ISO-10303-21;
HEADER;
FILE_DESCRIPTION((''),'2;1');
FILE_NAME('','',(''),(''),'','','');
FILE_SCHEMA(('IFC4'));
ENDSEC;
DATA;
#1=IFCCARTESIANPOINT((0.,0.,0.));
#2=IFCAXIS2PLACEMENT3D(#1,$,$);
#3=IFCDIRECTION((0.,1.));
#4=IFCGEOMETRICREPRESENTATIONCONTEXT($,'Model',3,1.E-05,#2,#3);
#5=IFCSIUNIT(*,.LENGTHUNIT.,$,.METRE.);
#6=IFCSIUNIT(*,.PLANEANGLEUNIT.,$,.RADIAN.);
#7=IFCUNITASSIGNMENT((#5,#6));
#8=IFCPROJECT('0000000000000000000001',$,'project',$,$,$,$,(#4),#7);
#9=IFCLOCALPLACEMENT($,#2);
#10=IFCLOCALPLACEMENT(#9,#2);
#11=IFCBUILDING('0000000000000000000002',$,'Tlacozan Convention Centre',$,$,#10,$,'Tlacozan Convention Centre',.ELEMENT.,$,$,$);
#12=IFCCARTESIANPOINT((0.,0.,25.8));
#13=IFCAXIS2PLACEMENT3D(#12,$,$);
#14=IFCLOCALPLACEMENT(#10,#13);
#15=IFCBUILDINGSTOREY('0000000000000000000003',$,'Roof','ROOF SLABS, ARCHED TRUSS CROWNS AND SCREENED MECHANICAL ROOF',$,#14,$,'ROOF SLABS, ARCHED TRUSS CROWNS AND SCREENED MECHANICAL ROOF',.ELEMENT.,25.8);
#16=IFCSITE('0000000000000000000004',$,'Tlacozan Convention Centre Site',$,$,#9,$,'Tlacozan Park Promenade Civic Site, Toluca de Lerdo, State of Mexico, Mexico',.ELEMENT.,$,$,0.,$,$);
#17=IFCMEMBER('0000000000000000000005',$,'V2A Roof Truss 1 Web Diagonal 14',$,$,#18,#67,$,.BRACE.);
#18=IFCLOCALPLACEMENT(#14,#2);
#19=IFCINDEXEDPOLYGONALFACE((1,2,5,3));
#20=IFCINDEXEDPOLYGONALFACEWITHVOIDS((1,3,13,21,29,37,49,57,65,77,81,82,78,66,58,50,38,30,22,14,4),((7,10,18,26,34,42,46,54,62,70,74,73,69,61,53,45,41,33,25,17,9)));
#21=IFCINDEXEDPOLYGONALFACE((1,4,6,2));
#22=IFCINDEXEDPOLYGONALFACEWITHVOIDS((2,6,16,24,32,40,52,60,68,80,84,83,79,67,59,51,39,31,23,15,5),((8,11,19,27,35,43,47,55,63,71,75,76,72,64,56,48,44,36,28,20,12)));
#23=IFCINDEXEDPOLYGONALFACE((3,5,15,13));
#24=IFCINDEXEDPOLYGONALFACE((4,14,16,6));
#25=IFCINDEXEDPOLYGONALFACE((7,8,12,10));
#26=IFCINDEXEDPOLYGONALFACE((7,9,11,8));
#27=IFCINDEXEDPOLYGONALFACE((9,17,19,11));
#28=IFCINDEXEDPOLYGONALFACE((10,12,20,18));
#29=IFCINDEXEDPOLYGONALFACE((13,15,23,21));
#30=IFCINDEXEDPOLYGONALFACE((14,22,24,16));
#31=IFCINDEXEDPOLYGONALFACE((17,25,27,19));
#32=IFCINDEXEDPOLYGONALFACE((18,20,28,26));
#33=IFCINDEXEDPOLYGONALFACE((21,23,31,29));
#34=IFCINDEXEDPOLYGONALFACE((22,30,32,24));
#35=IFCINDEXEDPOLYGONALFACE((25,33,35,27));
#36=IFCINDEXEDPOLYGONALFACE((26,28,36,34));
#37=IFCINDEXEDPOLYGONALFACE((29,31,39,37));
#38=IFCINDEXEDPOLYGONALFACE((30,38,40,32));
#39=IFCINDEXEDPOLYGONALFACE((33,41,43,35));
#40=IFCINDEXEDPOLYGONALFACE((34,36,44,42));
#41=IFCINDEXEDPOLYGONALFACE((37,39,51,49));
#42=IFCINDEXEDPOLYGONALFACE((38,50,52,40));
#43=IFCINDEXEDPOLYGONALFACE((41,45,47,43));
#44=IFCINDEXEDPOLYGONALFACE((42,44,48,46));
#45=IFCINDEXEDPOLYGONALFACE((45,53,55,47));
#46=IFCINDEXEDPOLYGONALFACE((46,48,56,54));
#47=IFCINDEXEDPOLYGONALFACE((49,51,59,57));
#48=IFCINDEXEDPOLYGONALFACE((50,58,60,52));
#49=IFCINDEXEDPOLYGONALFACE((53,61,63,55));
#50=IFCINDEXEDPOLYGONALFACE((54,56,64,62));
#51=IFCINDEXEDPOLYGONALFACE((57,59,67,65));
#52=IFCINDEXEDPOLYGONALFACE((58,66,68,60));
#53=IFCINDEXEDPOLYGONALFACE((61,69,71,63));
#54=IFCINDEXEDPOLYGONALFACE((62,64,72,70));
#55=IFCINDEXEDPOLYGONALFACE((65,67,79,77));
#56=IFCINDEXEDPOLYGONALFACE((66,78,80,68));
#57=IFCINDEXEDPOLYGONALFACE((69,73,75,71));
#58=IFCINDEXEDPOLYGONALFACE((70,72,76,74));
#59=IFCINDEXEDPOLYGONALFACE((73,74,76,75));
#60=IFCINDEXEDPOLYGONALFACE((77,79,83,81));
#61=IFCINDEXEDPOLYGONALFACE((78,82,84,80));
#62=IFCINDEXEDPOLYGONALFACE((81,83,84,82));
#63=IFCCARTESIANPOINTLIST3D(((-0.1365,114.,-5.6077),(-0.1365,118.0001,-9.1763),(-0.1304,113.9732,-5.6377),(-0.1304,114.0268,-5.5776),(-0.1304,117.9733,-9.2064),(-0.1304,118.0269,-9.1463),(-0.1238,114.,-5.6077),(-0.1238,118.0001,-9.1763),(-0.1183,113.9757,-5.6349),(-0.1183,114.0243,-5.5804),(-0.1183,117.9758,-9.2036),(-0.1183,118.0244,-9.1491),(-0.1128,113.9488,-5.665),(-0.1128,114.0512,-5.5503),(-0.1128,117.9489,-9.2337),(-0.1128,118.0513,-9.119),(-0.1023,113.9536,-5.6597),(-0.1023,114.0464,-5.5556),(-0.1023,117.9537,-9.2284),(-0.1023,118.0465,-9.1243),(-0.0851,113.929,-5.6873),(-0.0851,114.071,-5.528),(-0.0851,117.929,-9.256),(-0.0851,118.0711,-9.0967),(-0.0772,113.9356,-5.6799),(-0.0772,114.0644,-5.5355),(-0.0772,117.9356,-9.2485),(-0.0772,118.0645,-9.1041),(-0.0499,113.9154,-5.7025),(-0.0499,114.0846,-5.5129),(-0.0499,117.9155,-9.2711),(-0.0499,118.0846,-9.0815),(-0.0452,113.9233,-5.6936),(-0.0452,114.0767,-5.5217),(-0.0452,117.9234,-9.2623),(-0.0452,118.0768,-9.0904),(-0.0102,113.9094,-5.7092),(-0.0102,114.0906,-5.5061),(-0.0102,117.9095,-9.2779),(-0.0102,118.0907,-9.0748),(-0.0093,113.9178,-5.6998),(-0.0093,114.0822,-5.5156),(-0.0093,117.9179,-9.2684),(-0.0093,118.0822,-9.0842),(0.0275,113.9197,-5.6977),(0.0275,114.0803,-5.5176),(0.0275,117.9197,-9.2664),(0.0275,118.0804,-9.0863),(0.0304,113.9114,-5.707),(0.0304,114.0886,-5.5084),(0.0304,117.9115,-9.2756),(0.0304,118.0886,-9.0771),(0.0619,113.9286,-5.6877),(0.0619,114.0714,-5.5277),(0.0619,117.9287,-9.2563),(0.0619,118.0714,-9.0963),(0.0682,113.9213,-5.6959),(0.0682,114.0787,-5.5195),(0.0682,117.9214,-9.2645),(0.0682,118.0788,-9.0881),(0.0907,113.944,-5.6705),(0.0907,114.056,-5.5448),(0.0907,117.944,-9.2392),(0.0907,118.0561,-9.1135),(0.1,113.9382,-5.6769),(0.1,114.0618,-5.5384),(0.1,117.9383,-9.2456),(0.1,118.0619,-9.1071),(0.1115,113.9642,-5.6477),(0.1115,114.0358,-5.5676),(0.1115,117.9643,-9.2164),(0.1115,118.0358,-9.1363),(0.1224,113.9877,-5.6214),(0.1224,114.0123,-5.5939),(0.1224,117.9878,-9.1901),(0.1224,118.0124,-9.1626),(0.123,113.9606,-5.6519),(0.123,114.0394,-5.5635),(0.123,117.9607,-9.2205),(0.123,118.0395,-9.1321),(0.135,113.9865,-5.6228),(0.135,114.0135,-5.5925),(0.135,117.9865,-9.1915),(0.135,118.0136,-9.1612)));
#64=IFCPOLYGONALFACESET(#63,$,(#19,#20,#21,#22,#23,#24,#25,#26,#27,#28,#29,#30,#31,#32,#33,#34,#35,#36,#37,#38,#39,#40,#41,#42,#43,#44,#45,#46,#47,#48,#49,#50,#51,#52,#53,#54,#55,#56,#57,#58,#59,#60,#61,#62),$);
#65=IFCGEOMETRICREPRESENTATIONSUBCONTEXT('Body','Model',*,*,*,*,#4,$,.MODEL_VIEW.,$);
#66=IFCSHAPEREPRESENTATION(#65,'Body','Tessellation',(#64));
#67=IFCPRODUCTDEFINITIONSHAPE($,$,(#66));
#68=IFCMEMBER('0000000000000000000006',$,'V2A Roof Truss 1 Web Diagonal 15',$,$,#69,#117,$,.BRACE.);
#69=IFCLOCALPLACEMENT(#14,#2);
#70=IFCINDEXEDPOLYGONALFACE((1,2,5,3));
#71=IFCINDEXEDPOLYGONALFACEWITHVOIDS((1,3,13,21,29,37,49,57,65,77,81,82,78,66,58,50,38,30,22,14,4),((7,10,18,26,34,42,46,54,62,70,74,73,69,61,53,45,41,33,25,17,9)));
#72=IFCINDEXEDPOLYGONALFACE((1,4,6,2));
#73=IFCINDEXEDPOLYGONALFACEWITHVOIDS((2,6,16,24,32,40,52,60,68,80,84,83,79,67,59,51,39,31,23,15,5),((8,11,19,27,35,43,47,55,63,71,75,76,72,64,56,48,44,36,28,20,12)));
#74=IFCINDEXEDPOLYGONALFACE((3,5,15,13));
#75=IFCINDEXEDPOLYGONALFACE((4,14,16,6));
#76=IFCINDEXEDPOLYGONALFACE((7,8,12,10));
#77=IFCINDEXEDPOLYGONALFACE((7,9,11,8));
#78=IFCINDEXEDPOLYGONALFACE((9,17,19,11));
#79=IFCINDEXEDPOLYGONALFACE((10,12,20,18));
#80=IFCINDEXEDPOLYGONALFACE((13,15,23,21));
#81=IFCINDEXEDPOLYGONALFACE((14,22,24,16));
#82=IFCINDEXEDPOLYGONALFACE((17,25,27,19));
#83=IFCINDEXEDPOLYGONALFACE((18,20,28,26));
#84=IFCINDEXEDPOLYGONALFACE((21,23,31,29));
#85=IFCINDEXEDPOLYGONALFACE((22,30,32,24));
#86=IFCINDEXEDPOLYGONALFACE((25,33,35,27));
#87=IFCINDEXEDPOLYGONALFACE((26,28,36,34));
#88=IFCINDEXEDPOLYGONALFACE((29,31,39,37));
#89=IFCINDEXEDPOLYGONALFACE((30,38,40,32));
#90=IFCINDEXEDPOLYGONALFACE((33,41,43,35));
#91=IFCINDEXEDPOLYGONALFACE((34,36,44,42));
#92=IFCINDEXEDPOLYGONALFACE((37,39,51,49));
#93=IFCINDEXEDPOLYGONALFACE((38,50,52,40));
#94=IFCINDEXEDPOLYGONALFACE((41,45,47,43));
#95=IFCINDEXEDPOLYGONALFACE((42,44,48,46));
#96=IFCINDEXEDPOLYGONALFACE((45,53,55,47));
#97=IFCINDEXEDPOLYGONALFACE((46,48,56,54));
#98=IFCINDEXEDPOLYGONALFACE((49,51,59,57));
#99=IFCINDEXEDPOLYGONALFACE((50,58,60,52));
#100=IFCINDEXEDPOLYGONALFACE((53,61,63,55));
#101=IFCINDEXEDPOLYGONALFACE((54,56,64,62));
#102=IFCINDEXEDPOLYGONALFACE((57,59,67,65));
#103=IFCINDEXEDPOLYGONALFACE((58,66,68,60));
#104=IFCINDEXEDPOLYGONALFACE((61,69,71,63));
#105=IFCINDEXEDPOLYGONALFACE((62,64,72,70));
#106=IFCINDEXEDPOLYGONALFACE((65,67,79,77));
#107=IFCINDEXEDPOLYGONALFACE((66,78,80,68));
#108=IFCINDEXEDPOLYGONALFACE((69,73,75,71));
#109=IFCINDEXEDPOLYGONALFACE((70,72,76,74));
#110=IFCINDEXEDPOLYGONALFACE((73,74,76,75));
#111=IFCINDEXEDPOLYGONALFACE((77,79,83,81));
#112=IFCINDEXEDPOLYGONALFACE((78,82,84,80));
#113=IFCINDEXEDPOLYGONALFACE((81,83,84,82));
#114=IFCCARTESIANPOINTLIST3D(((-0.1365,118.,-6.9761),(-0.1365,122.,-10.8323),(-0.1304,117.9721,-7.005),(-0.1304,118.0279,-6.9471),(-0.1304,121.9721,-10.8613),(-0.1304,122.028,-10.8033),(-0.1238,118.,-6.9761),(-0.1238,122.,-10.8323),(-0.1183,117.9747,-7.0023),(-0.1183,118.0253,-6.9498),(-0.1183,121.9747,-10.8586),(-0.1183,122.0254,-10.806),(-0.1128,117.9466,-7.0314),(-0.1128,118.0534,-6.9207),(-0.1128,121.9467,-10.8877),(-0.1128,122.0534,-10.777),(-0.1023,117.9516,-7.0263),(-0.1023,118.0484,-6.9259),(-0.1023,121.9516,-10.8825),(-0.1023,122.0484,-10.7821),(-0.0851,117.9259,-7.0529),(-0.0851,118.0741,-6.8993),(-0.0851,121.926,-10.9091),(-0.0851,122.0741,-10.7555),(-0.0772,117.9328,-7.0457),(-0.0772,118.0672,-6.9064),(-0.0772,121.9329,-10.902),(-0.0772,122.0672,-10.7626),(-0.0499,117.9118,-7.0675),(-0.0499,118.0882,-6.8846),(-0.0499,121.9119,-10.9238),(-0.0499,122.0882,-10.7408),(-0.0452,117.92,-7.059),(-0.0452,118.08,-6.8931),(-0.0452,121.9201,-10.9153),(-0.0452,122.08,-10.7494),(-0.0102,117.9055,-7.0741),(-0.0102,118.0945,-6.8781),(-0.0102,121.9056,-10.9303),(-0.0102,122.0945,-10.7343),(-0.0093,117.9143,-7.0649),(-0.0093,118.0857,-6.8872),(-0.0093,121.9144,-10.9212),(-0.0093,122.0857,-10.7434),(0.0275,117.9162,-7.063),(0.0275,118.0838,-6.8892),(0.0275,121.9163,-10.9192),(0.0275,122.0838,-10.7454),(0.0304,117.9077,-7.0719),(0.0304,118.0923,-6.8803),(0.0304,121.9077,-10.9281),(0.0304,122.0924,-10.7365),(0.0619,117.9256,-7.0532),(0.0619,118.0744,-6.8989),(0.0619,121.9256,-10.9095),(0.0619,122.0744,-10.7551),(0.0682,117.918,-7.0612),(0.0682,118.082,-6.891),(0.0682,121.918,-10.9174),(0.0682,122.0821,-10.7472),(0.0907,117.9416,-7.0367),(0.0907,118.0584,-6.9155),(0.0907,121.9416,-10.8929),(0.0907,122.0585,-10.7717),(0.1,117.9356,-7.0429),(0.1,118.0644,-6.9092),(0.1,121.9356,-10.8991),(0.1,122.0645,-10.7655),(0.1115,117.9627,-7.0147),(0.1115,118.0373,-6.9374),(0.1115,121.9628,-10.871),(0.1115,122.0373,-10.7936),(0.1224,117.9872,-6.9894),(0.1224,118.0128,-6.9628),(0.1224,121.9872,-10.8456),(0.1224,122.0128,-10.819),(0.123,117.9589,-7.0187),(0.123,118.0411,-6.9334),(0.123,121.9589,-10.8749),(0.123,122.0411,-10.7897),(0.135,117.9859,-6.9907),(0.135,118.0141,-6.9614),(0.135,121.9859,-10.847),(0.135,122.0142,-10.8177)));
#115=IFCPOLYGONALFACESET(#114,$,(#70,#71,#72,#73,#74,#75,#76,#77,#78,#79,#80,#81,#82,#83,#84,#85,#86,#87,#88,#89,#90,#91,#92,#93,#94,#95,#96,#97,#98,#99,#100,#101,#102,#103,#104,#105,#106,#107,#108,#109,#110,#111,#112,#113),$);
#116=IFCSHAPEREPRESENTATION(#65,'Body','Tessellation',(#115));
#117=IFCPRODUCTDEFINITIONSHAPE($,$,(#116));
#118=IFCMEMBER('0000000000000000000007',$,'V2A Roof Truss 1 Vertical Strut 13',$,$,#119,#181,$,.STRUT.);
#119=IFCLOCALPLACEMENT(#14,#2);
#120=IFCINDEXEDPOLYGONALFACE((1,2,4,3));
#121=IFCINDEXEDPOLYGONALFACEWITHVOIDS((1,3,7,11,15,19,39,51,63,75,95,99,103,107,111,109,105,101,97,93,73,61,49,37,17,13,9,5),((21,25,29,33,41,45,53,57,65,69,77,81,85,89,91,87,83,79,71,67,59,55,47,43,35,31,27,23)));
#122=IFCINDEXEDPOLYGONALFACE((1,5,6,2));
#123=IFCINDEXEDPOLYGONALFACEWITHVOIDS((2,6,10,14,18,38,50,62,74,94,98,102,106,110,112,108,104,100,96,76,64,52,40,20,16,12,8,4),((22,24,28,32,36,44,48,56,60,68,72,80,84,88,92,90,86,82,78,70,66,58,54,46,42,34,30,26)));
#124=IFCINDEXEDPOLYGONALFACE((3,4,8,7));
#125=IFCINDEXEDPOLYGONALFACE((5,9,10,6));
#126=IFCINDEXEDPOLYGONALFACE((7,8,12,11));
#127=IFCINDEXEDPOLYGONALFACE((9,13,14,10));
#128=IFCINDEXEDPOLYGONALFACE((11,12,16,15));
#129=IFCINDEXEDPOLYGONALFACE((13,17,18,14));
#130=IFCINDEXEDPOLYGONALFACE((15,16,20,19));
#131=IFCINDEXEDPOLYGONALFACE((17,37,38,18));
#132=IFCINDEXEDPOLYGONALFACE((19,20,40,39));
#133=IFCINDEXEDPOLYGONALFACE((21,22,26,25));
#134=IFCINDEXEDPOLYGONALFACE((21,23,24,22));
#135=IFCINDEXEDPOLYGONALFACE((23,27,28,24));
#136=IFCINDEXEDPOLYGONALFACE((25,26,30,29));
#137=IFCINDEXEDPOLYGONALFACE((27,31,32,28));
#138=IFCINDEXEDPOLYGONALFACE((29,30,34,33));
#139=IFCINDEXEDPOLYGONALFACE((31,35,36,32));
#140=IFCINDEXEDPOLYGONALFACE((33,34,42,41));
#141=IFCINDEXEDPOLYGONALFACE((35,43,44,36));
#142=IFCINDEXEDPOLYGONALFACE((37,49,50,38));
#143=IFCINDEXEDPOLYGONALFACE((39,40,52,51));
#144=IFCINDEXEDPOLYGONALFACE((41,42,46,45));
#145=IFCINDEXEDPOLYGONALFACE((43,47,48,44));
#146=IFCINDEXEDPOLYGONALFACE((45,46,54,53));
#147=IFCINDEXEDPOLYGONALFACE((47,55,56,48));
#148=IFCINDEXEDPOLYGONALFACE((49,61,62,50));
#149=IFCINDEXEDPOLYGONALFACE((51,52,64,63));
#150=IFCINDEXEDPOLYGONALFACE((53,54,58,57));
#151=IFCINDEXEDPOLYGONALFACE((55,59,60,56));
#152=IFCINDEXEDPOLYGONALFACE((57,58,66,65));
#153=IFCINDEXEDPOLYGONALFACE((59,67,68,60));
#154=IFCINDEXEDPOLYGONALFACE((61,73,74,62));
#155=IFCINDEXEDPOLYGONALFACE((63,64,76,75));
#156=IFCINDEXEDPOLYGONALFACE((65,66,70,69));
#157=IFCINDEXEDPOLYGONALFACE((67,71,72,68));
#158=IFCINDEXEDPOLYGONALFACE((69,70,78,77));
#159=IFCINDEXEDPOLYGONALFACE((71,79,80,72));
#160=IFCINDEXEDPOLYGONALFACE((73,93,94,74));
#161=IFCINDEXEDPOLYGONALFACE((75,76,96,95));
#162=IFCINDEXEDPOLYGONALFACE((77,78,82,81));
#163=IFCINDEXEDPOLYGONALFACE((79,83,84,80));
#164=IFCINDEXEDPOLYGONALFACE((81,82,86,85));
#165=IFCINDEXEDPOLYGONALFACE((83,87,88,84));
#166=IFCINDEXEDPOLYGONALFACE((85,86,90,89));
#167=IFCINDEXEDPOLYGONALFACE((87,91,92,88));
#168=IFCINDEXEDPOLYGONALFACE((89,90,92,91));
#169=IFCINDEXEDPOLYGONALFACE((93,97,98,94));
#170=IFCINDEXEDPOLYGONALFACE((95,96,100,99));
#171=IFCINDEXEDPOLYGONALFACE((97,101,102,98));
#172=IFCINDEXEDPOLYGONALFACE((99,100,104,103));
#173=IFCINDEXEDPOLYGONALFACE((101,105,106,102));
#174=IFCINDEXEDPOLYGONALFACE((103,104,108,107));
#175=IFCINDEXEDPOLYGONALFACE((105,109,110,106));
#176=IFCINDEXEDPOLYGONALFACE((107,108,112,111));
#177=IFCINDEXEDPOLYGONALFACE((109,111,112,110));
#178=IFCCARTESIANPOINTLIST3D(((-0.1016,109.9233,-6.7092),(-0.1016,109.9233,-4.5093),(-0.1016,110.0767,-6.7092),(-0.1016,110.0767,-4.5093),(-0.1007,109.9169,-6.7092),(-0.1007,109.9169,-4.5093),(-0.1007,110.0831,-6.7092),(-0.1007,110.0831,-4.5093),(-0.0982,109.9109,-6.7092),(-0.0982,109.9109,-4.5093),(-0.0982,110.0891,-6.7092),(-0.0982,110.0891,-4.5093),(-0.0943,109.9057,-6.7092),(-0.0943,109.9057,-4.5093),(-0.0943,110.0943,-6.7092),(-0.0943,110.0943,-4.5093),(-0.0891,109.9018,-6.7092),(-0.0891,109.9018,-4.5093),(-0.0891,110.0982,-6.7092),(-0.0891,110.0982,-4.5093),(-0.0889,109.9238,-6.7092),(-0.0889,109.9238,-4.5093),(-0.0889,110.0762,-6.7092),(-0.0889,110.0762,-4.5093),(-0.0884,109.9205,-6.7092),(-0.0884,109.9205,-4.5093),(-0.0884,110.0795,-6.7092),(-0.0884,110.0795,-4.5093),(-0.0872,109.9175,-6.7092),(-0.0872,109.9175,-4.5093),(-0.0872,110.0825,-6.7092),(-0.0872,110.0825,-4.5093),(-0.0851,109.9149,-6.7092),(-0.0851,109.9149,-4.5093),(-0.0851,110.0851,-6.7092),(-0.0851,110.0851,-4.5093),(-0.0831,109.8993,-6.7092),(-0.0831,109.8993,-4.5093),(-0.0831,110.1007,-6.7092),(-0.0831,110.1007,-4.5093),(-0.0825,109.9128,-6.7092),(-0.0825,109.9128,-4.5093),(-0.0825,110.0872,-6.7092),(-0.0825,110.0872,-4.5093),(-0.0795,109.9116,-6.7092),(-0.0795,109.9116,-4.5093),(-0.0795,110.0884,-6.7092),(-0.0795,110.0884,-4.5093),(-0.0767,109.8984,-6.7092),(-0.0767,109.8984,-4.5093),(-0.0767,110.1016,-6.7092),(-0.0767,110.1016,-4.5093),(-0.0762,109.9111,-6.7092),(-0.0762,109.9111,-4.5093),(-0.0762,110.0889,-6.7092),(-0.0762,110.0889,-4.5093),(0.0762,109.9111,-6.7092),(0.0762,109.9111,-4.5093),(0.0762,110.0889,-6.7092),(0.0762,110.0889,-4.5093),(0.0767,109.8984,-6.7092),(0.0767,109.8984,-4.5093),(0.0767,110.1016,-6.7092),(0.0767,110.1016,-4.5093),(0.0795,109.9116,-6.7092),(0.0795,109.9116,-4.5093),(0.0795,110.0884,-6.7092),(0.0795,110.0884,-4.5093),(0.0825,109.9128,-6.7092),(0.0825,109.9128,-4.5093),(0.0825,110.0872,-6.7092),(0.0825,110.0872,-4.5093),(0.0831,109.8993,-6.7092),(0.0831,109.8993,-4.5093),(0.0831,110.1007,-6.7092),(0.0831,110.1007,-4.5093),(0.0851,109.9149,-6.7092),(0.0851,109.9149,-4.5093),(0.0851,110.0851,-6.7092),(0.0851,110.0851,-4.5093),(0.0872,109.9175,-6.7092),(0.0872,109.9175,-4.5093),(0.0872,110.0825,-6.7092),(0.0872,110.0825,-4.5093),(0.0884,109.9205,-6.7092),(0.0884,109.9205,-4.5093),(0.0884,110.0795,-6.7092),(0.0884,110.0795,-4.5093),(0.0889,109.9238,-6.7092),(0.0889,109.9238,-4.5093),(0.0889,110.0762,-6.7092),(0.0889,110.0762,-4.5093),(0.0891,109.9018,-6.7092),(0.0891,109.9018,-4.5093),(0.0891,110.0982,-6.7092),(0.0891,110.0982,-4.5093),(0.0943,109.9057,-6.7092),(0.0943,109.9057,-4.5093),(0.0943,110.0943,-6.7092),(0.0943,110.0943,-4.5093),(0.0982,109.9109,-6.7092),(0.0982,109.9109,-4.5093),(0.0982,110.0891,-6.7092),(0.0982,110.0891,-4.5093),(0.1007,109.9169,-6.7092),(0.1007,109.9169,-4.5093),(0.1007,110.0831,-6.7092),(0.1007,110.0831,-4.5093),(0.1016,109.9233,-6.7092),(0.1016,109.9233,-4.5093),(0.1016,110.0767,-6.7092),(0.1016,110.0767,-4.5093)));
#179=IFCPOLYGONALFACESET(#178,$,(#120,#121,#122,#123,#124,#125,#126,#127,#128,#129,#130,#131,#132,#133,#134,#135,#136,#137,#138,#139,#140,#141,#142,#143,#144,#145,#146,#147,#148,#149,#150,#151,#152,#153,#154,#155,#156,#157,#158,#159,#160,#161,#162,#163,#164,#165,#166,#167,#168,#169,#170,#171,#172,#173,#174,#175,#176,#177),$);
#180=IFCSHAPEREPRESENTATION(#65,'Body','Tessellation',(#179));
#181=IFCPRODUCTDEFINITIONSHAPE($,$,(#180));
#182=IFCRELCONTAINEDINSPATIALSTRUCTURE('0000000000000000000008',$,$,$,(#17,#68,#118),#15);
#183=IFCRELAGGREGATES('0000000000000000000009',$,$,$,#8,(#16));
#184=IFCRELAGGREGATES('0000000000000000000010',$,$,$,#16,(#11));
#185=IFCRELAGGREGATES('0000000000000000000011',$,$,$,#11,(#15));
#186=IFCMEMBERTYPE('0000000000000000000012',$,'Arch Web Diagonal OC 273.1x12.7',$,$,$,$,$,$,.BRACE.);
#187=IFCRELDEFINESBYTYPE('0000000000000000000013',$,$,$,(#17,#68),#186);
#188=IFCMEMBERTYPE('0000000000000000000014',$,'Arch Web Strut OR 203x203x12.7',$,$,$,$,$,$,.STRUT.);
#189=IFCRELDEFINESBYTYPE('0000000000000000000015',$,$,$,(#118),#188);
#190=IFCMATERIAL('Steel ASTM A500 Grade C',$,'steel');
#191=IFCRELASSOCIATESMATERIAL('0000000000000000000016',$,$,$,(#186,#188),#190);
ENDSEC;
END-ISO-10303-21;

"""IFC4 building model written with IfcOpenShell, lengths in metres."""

from ifc_helpers import new_model, si_unit, direction, frame, origin, origin_2d, place, context, subcontext, project, spatial, hollow_rectangle, hollow_circle, extrude, material, material_profile, profile_set, type_object, element, save


model = new_model("IFC4")

# Units and contexts
model_context = context("Model", 3, precision=1e-05, world=origin(), true_north=direction((0.0, 1.0)))
body_context = subcontext(model_context, "Body", "Model", "MODEL_VIEW")
ifc_project = project(units=[si_unit("LENGTHUNIT", "METRE"), si_unit("PLANEANGLEUNIT", "RADIAN")], contexts=[model_context])

# Site, building, storey
site_placement = place(None, origin())
site = spatial("IfcSite", under=ifc_project, at=site_placement, Name="Tlacozan Convention Centre Site", LongName="Tlacozan Park Promenade Civic Site, Toluca de Lerdo, State of Mexico, Mexico", CompositionType="ELEMENT", RefElevation=0.0)
building_placement = place(site_placement, origin())
building = spatial("IfcBuilding", under=site, at=building_placement, Name="Tlacozan Convention Centre", LongName="Tlacozan Convention Centre", CompositionType="ELEMENT")
storey_placement = place(building_placement, frame((0.0, 0.0, 25.8)))
storey = spatial("IfcBuildingStorey", under=building, at=storey_placement, Name="Roof", Description="ROOF SLABS, ARCHED TRUSS CROWNS AND SCREENED MECHANICAL ROOF", LongName="ROOF SLABS, ARCHED TRUSS CROWNS AND SCREENED MECHANICAL ROOF", CompositionType="ELEMENT", Elevation=25.8)

# Members
ifc_material_1 = material(Name="Steel ASTM A500 Grade C", Category="steel")
ifc_material_profile_1 = material_profile(ifc_material_1, hollow_circle(Radius=0.1365, WallThickness=0.0127, at=origin_2d()), Name="OC 273.1x12.7")
ifc_profile_set_1 = profile_set([ifc_material_profile_1], Name="Steel ASTM A500 Grade C")
member_type_1 = type_object("IfcMemberType", Name="Arch Web Diagonal OC 273.1x12.7", PredefinedType="BRACE", material=ifc_profile_set_1)
member_1_placement = place(storey_placement, frame((0.0, 114.0, -5.6077), z_axis=(0.0, 0.746199, -0.665722), x_axis=(-1.0, 0.0, 0.0)))
element("IfcMember", 1, at=member_1_placement, inside=storey, type_object=member_type_1, Name="V2A Roof Truss 1 Web Diagonal 14", PredefinedType="BRACE", context=body_context, shape_type="SweptSolid", body=[
    extrude(hollow_circle(Radius=0.1365, WallThickness=0.0127, at=origin_2d()), origin(), (0.0, 0.0, 1.0), 5.3606),
])
member_2_placement = place(storey_placement, frame((0.0, 118.0, -6.9761), z_axis=(0.0, 0.719929, -0.694048), x_axis=(-1.0, 0.0, 0.0)))
element("IfcMember", 2, at=member_2_placement, inside=storey, type_object=member_type_1, Name="V2A Roof Truss 1 Web Diagonal 15", PredefinedType="BRACE", context=body_context, shape_type="SweptSolid", body=[
    extrude(hollow_circle(Radius=0.1365, WallThickness=0.0127, at=origin_2d()), origin(), (0.0, 0.0, 1.0), 5.5562),
])
ifc_material_profile_2 = material_profile(ifc_material_1, hollow_rectangle(XDim=0.2031, YDim=0.2031, WallThickness=0.0127, InnerFilletRadius=0.0127, OuterFilletRadius=0.0249, at=origin_2d()), Name="OR 203x203x12.7")
ifc_profile_set_2 = profile_set([ifc_material_profile_2], Name="Steel ASTM A500 Grade C")
member_type_2 = type_object("IfcMemberType", Name="Arch Web Strut OR 203x203x12.7", PredefinedType="STRUT", material=ifc_profile_set_2)
member_3_placement = place(storey_placement, frame((0.0, 110.0, -6.7092), z_axis=(0.0, 0.0, 1.0), x_axis=(1.0, 0.0, 0.0)))
element("IfcMember", 3, at=member_3_placement, inside=storey, type_object=member_type_2, Name="V2A Roof Truss 1 Vertical Strut 13", PredefinedType="STRUT", context=body_context, shape_type="SweptSolid", body=[
    extrude(hollow_rectangle(XDim=0.2031, YDim=0.2031, WallThickness=0.0127, InnerFilletRadius=0.0127, OuterFilletRadius=0.0249, at=origin_2d()), origin(), (0.0, 0.0, 1.0), 2.2),
])

save(model, "model.ifc")
